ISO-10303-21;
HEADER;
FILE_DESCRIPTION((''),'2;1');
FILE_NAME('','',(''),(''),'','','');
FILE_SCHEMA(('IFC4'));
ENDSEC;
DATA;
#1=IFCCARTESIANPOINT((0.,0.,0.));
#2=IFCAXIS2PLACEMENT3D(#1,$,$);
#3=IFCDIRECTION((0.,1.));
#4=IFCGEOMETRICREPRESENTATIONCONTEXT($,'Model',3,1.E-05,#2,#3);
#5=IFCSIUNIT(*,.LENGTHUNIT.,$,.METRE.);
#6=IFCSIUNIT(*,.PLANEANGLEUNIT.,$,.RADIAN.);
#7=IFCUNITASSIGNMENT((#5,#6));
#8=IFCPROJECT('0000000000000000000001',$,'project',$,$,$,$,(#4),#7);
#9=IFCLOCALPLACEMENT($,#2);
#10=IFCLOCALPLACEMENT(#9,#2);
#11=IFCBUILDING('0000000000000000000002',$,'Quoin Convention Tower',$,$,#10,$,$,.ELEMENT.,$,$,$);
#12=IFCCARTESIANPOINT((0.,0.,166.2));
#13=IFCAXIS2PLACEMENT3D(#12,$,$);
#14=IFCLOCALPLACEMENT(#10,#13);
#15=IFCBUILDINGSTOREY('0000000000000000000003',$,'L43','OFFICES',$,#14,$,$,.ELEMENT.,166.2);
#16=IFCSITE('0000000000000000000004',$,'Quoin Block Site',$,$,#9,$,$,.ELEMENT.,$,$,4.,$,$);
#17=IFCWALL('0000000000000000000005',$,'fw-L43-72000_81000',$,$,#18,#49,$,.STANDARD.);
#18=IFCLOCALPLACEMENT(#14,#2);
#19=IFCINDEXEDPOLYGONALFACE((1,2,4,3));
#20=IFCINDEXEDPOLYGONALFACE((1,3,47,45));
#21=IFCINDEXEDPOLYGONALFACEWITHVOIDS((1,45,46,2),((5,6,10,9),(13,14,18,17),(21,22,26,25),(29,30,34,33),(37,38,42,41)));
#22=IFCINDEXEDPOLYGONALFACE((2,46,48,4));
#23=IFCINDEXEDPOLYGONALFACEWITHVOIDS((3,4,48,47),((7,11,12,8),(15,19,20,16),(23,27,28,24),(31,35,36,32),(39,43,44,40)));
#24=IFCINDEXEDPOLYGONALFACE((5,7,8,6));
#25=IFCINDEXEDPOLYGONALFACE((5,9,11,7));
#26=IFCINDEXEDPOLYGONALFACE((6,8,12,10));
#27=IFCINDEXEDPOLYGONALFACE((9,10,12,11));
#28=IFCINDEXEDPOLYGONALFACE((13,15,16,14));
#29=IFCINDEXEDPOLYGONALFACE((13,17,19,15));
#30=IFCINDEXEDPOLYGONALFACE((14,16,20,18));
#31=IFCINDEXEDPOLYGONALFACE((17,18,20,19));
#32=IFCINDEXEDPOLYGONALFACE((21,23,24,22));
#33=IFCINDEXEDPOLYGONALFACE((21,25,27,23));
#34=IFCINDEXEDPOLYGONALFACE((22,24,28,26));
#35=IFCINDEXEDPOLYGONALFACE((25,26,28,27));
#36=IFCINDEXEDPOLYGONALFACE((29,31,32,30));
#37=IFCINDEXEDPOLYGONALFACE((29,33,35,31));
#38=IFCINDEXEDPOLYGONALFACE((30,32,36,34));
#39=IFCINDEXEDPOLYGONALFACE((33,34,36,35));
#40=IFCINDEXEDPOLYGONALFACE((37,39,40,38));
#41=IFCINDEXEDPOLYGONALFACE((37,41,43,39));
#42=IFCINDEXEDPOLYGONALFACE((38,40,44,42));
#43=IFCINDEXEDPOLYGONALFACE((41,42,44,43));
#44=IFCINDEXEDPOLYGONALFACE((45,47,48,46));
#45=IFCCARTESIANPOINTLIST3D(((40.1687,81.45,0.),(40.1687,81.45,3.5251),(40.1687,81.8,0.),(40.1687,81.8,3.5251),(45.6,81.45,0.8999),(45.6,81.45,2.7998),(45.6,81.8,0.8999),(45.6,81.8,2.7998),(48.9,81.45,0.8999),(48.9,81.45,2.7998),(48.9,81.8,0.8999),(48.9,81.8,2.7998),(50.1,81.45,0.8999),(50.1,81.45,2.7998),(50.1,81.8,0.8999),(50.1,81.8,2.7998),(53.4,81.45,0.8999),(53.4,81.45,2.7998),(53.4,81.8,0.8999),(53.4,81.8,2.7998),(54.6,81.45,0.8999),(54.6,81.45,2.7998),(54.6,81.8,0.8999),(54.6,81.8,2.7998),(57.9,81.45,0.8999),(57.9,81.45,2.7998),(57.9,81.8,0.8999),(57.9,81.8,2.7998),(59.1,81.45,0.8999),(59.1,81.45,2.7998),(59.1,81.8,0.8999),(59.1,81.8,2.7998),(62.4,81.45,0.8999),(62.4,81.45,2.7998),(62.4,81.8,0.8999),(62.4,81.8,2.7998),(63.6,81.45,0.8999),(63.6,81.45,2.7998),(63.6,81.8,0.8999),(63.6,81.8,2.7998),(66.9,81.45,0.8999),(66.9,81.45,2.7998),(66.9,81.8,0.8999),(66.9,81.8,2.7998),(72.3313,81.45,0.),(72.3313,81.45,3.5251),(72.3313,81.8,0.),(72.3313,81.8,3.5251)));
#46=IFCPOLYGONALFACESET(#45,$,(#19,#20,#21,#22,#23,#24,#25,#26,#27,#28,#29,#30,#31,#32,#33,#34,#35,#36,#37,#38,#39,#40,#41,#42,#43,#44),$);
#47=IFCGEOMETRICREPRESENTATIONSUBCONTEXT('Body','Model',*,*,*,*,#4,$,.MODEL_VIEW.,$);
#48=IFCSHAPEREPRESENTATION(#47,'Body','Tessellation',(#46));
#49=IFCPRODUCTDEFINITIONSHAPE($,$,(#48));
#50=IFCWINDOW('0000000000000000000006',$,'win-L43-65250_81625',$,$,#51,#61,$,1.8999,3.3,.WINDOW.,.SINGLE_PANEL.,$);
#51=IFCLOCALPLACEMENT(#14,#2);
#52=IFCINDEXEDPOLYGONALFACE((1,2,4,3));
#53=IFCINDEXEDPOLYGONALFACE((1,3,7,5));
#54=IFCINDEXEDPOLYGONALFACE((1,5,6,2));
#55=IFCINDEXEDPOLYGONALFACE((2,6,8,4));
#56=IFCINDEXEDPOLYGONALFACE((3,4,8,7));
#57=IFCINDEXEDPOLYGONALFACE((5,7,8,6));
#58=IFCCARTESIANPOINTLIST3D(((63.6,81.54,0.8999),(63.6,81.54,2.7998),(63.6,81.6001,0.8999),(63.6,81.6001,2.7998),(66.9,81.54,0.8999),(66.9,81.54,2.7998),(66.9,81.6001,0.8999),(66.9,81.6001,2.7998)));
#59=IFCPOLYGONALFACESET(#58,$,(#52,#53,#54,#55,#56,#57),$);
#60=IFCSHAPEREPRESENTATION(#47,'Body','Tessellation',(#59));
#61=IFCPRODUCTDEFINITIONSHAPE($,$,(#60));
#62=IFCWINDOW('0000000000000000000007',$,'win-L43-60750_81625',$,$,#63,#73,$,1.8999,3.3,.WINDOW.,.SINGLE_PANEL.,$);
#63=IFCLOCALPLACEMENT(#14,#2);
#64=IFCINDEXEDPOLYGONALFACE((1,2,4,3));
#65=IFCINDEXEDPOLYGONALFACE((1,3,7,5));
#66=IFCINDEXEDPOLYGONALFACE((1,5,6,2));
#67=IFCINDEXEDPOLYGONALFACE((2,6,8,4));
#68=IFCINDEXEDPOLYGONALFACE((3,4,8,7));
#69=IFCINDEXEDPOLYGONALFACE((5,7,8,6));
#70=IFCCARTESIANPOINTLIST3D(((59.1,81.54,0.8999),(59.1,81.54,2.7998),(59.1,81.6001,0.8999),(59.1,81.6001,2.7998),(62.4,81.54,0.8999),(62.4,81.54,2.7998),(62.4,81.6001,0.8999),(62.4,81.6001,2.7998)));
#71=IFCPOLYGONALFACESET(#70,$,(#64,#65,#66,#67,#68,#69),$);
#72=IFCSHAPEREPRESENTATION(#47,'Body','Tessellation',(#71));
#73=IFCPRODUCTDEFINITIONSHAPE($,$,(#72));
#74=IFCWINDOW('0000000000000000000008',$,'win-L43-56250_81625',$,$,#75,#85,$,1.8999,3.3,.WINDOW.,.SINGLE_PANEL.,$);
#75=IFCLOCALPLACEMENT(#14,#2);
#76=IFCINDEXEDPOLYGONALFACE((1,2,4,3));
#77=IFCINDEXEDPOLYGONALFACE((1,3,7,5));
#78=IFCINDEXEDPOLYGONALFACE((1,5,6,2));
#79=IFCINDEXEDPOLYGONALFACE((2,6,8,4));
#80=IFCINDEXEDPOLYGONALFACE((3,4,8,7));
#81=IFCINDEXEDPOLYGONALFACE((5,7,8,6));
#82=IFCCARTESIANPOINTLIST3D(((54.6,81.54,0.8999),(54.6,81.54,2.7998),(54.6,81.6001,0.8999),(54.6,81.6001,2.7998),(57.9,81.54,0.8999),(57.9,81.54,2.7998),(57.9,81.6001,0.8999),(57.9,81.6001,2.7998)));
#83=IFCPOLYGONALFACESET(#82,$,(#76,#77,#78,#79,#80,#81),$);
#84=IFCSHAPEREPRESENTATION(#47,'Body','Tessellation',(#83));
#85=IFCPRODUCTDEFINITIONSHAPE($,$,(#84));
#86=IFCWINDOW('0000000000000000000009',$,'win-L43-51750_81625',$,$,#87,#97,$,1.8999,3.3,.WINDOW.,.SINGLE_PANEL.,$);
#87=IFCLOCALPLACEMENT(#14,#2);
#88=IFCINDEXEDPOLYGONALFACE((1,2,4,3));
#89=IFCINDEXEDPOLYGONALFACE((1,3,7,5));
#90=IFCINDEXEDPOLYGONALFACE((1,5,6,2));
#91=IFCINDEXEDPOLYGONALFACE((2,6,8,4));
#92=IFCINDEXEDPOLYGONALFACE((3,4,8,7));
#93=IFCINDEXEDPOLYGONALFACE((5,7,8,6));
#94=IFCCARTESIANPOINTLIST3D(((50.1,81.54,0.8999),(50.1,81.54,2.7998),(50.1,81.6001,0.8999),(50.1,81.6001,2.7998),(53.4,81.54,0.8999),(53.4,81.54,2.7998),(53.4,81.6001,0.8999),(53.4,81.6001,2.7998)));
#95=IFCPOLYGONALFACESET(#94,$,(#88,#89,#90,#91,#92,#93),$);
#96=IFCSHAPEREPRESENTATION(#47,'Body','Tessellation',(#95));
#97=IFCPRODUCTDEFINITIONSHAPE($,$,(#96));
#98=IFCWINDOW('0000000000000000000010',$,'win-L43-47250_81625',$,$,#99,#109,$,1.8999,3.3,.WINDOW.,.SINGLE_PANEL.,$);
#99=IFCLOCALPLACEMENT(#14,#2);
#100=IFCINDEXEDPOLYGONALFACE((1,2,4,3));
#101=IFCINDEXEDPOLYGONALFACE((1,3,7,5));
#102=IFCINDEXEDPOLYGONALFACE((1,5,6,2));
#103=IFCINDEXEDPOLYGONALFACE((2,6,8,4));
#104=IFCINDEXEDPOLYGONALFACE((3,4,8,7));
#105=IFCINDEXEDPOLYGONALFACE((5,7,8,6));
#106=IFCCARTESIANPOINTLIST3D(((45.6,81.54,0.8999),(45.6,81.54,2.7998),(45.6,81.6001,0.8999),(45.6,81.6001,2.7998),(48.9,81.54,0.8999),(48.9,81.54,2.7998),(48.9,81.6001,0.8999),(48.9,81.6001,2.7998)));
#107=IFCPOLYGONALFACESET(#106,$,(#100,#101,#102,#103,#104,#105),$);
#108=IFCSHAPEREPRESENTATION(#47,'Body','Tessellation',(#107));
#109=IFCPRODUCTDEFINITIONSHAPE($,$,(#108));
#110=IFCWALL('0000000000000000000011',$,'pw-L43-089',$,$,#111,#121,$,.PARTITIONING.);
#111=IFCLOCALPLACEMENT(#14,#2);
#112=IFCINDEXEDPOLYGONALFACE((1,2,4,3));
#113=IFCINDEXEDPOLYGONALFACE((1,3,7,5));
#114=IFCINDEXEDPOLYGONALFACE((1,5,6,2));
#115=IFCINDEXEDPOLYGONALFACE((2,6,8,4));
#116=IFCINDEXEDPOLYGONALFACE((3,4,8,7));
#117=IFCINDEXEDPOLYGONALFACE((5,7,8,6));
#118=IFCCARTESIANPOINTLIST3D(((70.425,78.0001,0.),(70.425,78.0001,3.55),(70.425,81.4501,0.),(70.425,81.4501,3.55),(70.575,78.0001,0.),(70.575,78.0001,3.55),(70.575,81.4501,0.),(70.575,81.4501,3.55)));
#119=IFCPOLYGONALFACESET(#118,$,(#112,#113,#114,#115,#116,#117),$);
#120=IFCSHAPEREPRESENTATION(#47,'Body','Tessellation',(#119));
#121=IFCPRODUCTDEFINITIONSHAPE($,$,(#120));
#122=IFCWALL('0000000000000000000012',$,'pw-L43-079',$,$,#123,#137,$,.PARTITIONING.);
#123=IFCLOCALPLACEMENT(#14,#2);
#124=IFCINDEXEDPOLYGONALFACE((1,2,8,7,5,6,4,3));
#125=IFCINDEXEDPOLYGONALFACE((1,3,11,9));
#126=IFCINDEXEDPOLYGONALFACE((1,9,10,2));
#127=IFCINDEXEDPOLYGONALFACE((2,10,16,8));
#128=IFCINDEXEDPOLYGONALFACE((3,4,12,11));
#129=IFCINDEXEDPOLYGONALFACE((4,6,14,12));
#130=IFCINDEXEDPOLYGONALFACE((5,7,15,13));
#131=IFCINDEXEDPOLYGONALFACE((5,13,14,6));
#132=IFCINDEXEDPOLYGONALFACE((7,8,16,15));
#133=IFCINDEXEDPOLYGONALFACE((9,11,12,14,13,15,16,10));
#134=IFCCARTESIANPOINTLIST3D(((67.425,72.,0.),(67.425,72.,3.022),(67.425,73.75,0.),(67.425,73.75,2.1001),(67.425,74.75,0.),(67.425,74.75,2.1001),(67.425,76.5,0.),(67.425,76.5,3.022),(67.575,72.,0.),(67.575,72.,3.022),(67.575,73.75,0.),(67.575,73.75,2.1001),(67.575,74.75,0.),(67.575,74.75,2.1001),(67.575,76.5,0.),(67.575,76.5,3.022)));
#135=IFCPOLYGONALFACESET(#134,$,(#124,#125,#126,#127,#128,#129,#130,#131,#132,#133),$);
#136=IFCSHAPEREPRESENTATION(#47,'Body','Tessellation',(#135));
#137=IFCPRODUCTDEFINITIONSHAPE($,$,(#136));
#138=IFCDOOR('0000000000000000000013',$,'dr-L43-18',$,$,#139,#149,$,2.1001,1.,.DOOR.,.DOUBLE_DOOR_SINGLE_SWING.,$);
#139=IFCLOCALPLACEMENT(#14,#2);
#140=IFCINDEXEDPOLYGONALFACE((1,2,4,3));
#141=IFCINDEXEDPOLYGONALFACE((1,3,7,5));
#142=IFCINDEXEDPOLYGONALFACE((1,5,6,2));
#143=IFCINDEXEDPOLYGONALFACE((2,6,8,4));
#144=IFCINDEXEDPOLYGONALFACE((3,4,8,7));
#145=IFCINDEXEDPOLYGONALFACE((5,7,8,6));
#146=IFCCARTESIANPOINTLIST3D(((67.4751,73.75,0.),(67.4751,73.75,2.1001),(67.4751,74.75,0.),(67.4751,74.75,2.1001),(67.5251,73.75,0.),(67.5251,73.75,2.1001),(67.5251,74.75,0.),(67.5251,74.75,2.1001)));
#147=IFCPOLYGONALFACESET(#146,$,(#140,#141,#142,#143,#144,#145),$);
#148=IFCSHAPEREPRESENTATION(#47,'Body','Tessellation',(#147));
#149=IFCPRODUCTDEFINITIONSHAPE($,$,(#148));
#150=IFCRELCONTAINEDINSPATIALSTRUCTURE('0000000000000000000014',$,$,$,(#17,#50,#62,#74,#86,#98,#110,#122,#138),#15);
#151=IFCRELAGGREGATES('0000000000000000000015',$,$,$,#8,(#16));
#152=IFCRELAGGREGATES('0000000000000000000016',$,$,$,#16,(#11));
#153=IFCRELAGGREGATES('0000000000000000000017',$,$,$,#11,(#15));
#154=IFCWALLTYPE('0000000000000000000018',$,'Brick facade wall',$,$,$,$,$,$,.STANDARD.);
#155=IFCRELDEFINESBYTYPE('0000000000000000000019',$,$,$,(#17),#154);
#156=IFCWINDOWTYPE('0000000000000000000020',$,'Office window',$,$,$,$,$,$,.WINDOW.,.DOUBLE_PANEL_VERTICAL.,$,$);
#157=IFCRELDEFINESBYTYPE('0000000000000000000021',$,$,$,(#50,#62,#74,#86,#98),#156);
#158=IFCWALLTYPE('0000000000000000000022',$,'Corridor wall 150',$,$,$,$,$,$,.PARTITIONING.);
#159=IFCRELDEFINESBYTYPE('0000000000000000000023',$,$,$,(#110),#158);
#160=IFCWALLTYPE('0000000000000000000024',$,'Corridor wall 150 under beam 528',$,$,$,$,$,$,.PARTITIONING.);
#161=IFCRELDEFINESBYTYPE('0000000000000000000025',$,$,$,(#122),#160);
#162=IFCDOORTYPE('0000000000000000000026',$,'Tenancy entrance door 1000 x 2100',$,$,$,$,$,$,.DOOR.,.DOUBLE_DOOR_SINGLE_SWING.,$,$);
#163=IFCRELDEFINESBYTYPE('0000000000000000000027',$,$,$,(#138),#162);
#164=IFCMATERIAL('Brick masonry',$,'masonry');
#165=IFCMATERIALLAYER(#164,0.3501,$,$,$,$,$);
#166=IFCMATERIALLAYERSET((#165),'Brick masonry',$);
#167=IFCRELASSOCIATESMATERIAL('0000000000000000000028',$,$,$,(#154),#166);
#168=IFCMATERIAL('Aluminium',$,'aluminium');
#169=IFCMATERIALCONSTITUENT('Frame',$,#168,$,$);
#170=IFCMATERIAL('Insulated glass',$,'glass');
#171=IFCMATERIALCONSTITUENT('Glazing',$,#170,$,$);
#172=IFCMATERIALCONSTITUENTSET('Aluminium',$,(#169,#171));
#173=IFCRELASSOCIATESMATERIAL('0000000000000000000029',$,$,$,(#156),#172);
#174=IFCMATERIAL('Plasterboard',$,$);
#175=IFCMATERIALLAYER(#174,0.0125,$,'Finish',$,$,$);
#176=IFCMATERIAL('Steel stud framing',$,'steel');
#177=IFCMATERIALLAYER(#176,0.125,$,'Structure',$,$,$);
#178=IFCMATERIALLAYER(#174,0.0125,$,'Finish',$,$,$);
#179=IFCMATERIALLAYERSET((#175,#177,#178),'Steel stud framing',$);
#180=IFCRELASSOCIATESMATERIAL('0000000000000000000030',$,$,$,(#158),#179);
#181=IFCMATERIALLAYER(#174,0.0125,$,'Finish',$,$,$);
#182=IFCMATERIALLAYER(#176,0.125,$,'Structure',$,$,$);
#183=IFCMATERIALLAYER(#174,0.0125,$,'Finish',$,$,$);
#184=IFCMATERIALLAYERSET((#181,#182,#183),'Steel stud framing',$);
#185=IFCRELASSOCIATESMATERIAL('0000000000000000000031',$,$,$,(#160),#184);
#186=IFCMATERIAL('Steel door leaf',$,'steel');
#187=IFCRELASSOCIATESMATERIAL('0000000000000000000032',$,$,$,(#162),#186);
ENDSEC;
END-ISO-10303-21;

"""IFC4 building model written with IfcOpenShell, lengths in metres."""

from ifc_helpers import new_model, si_unit, direction, frame, frame_2d, origin, place, context, subcontext, project, spatial, rectangle, extrude, material, layer, layer_set, constituent, constituent_set, type_object, element, fill, save


model = new_model("IFC4")

# Units and contexts
model_context = context("Model", 3, precision=1e-05, world=origin(), true_north=direction((0.0, 1.0)))
body_context = subcontext(model_context, "Body", "Model", "MODEL_VIEW")
ifc_project = project(units=[si_unit("LENGTHUNIT", "METRE"), si_unit("PLANEANGLEUNIT", "RADIAN")], contexts=[model_context])

# Site, building, storey
site_placement = place(None, origin())
site = spatial("IfcSite", under=ifc_project, at=site_placement, Name="Quoin Block Site", CompositionType="ELEMENT", RefElevation=4.0)
building_placement = place(site_placement, origin())
building = spatial("IfcBuilding", under=site, at=building_placement, Name="Quoin Convention Tower", CompositionType="ELEMENT")
storey_placement = place(building_placement, frame((0.0, 0.0, 166.2)))
storey = spatial("IfcBuildingStorey", under=building, at=storey_placement, Name="L43", Description="OFFICES", CompositionType="ELEMENT", Elevation=166.2)

# Shared definitions
ifc_material_1 = material(Name="Brick masonry", Category="masonry")
ifc_layer_1 = layer(ifc_material_1, 0.3501)
ifc_layer_set_1 = layer_set([ifc_layer_1], Name="Brick masonry")
wall_type_1 = type_object("IfcWallType", Name="Brick facade wall", PredefinedType="STANDARD", material=ifc_layer_set_1)
ifc_material_2 = material(Name="Aluminium", Category="aluminium")
ifc_constituent_1 = constituent(ifc_material_2, Name="Frame")
ifc_material_3 = material(Name="Insulated glass", Category="glass")
ifc_constituent_2 = constituent(ifc_material_3, Name="Glazing")
ifc_constituent_set = constituent_set(constituents=[ifc_constituent_1, ifc_constituent_2], Name="Aluminium")
window_type = type_object("IfcWindowType", Name="Office window", PartitioningType="DOUBLE_PANEL_VERTICAL", PredefinedType="WINDOW", material=ifc_constituent_set)

# Wall, openings, windows
wall_1_placement = place(storey_placement, frame((72.3313, 81.625, 0.0), z_axis=(0.0, 0.0, 1.0), x_axis=(-1.0, 0.0, 0.0)))
wall_1 = element("IfcWall", 1, at=wall_1_placement, inside=storey, type_object=wall_type_1, Name="fw-L43-72000_81000", PredefinedType="STANDARD", context=body_context, shape_type="SweptSolid", body=[
    extrude(rectangle(XDim=32.1626, YDim=0.3501, at=frame_2d((16.0813, 0.0))), origin(), (0.0, 0.0, 1.0), 3.5251),
])
opening_1_placement = place(wall_1_placement, frame((5.4314, 0.0, 0.8999)))
opening_1 = element("IfcOpeningElement", 2, at=opening_1_placement, cuts=wall_1, PredefinedType="OPENING", context=body_context, shape_type="SweptSolid", body=[
    extrude(rectangle(XDim=3.3, YDim=1.8999, at=frame_2d((1.6499, 0.95))), frame((0.0, 0.1851, 0.0), z_axis=(0.0, -1.0, 0.0), x_axis=(1.0, 0.0, 0.0)), (0.0, 0.0, 1.0), 0.3701),
])
opening_2_placement = place(wall_1_placement, frame((9.9314, 0.0, 0.8999)))
opening_2 = element("IfcOpeningElement", 3, at=opening_2_placement, cuts=wall_1, PredefinedType="OPENING", context=body_context, shape_type="SweptSolid", body=[
    extrude(rectangle(XDim=3.3, YDim=1.8999, at=frame_2d((1.6499, 0.95))), frame((0.0, 0.1851, 0.0), z_axis=(0.0, -1.0, 0.0), x_axis=(1.0, 0.0, 0.0)), (0.0, 0.0, 1.0), 0.3701),
])
opening_3_placement = place(wall_1_placement, frame((14.4314, 0.0, 0.8999)))
opening_3 = element("IfcOpeningElement", 4, at=opening_3_placement, cuts=wall_1, PredefinedType="OPENING", context=body_context, shape_type="SweptSolid", body=[
    extrude(rectangle(XDim=3.3, YDim=1.8999, at=frame_2d((1.6499, 0.95))), frame((0.0, 0.1851, 0.0), z_axis=(0.0, -1.0, 0.0), x_axis=(1.0, 0.0, 0.0)), (0.0, 0.0, 1.0), 0.3701),
])
opening_4_placement = place(wall_1_placement, frame((18.9314, 0.0, 0.8999)))
opening_4 = element("IfcOpeningElement", 5, at=opening_4_placement, cuts=wall_1, PredefinedType="OPENING", context=body_context, shape_type="SweptSolid", body=[
    extrude(rectangle(XDim=3.3, YDim=1.8999, at=frame_2d((1.6499, 0.95))), frame((0.0, 0.1851, 0.0), z_axis=(0.0, -1.0, 0.0), x_axis=(1.0, 0.0, 0.0)), (0.0, 0.0, 1.0), 0.3701),
])
opening_5_placement = place(wall_1_placement, frame((23.4314, 0.0, 0.8999)))
opening_5 = element("IfcOpeningElement", 6, at=opening_5_placement, cuts=wall_1, PredefinedType="OPENING", context=body_context, shape_type="SweptSolid", body=[
    extrude(rectangle(XDim=3.3, YDim=1.8999, at=frame_2d((1.6499, 0.95))), frame((0.0, 0.1851, 0.0), z_axis=(0.0, -1.0, 0.0), x_axis=(1.0, 0.0, 0.0)), (0.0, 0.0, 1.0), 0.3701),
])
window_1_placement = place(opening_1_placement, origin())
window_1 = element("IfcWindow", 7, at=window_1_placement, inside=storey, type_object=window_type, Name="win-L43-65250_81625", OverallHeight=1.8999, OverallWidth=3.3, PartitioningType="SINGLE_PANEL", PredefinedType="WINDOW", context=body_context, shape_type="SweptSolid", body=[
    extrude(rectangle(XDim=3.3, YDim=1.8999, at=frame_2d((1.6499, 0.95))), frame((0.0, 0.085, 0.0), z_axis=(0.0, -1.0, 0.0), x_axis=(1.0, 0.0, 0.0)), (0.0, 0.0, 1.0), 0.0601),
])
fill(opening_1, window_1)
window_2_placement = place(opening_2_placement, origin())
window_2 = element("IfcWindow", 8, at=window_2_placement, inside=storey, type_object=window_type, Name="win-L43-60750_81625", OverallHeight=1.8999, OverallWidth=3.3, PartitioningType="SINGLE_PANEL", PredefinedType="WINDOW", context=body_context, shape_type="SweptSolid", body=[
    extrude(rectangle(XDim=3.3, YDim=1.8999, at=frame_2d((1.6499, 0.95))), frame((0.0, 0.085, 0.0), z_axis=(0.0, -1.0, 0.0), x_axis=(1.0, 0.0, 0.0)), (0.0, 0.0, 1.0), 0.0601),
])
fill(opening_2, window_2)
window_3_placement = place(opening_3_placement, origin())
window_3 = element("IfcWindow", 9, at=window_3_placement, inside=storey, type_object=window_type, Name="win-L43-56250_81625", OverallHeight=1.8999, OverallWidth=3.3, PartitioningType="SINGLE_PANEL", PredefinedType="WINDOW", context=body_context, shape_type="SweptSolid", body=[
    extrude(rectangle(XDim=3.3, YDim=1.8999, at=frame_2d((1.6499, 0.95))), frame((0.0, 0.085, 0.0), z_axis=(0.0, -1.0, 0.0), x_axis=(1.0, 0.0, 0.0)), (0.0, 0.0, 1.0), 0.0601),
])
fill(opening_3, window_3)
window_4_placement = place(opening_4_placement, origin())
window_4 = element("IfcWindow", 10, at=window_4_placement, inside=storey, type_object=window_type, Name="win-L43-51750_81625", OverallHeight=1.8999, OverallWidth=3.3, PartitioningType="SINGLE_PANEL", PredefinedType="WINDOW", context=body_context, shape_type="SweptSolid", body=[
    extrude(rectangle(XDim=3.3, YDim=1.8999, at=frame_2d((1.6499, 0.95))), frame((0.0, 0.085, 0.0), z_axis=(0.0, -1.0, 0.0), x_axis=(1.0, 0.0, 0.0)), (0.0, 0.0, 1.0), 0.0601),
])
fill(opening_4, window_4)
window_5_placement = place(opening_5_placement, origin())
window_5 = element("IfcWindow", 11, at=window_5_placement, inside=storey, type_object=window_type, Name="win-L43-47250_81625", OverallHeight=1.8999, OverallWidth=3.3, PartitioningType="SINGLE_PANEL", PredefinedType="WINDOW", context=body_context, shape_type="SweptSolid", body=[
    extrude(rectangle(XDim=3.3, YDim=1.8999, at=frame_2d((1.6499, 0.95))), frame((0.0, 0.085, 0.0), z_axis=(0.0, -1.0, 0.0), x_axis=(1.0, 0.0, 0.0)), (0.0, 0.0, 1.0), 0.0601),
])
fill(opening_5, window_5)

# Wall
ifc_material_4 = material(Name="Plasterboard")
ifc_layer_2 = layer(ifc_material_4, 0.0125, Name="Finish")
ifc_material_5 = material(Name="Steel stud framing", Category="steel")
ifc_layer_3 = layer(ifc_material_5, 0.125, Name="Structure")
ifc_layer_4 = layer(ifc_material_4, 0.0125, Name="Finish")
ifc_layer_set_2 = layer_set([ifc_layer_2, ifc_layer_3, ifc_layer_4], Name="Steel stud framing")
wall_type_2 = type_object("IfcWallType", Name="Corridor wall 150", PredefinedType="PARTITIONING", material=ifc_layer_set_2)
wall_2_placement = place(storey_placement, frame((70.5, 78.0, 0.0), z_axis=(0.0, 0.0, 1.0), x_axis=(0.0, 1.0, 0.0)))
element("IfcWall", 12, at=wall_2_placement, inside=storey, type_object=wall_type_2, Name="pw-L43-089", PredefinedType="PARTITIONING", context=body_context, shape_type="SweptSolid", body=[
    extrude(rectangle(XDim=3.45, YDim=0.1499, at=frame_2d((1.7251, 0.0))), origin(), (0.0, 0.0, 1.0), 3.55),
])

# Wall, opening, door
ifc_layer_5 = layer(ifc_material_4, 0.0125, Name="Finish")
ifc_layer_6 = layer(ifc_material_5, 0.125, Name="Structure")
ifc_layer_7 = layer(ifc_material_4, 0.0125, Name="Finish")
ifc_layer_set_3 = layer_set([ifc_layer_5, ifc_layer_6, ifc_layer_7], Name="Steel stud framing")
wall_type_3 = type_object("IfcWallType", Name="Corridor wall 150 under beam 528", PredefinedType="PARTITIONING", material=ifc_layer_set_3)
wall_3_placement = place(storey_placement, frame((67.5, 72.0, 0.0), z_axis=(0.0, 0.0, 1.0), x_axis=(0.0, 1.0, 0.0)))
wall_3 = element("IfcWall", 13, at=wall_3_placement, inside=storey, type_object=wall_type_3, Name="pw-L43-079", PredefinedType="PARTITIONING", context=body_context, shape_type="SweptSolid", body=[
    extrude(rectangle(XDim=4.5, YDim=0.1499, at=frame_2d((2.25, 0.0))), origin(), (0.0, 0.0, 1.0), 3.022),
])
opening_6_placement = place(wall_3_placement, frame((1.75, 0.0, 0.0)))
opening_6 = element("IfcOpeningElement", 14, at=opening_6_placement, cuts=wall_3, PredefinedType="OPENING", context=body_context, shape_type="SweptSolid", body=[
    extrude(rectangle(XDim=1.0, YDim=2.1001, at=frame_2d((0.5, 1.05))), frame((0.0, 0.085, 0.0), z_axis=(0.0, -1.0, 0.0), x_axis=(1.0, 0.0, 0.0)), (0.0, 0.0, 1.0), 0.1699),
])
ifc_material_6 = material(Name="Steel door leaf", Category="steel")
door_type_1 = type_object("IfcDoorType", Name="Tenancy entrance door 1000 x 2100", OperationType="DOUBLE_DOOR_SINGLE_SWING", PredefinedType="DOOR", material=ifc_material_6)
door_1_placement = place(opening_6_placement, origin())
door_1 = element("IfcDoor", 15, at=door_1_placement, inside=storey, type_object=door_type_1, Name="dr-L43-18", OperationType="DOUBLE_DOOR_SINGLE_SWING", OverallHeight=2.1001, OverallWidth=1.0, PredefinedType="DOOR", context=body_context, shape_type="SweptSolid", body=[
    extrude(rectangle(XDim=1.0, YDim=2.1001, at=frame_2d((0.5, 1.05))), frame((0.0, 0.0249, 0.0), z_axis=(0.0, -1.0, 0.0), x_axis=(1.0, 0.0, 0.0)), (0.0, 0.0, 1.0), 0.05),
])
fill(opening_6, door_1)

save(model, "model.ifc")
